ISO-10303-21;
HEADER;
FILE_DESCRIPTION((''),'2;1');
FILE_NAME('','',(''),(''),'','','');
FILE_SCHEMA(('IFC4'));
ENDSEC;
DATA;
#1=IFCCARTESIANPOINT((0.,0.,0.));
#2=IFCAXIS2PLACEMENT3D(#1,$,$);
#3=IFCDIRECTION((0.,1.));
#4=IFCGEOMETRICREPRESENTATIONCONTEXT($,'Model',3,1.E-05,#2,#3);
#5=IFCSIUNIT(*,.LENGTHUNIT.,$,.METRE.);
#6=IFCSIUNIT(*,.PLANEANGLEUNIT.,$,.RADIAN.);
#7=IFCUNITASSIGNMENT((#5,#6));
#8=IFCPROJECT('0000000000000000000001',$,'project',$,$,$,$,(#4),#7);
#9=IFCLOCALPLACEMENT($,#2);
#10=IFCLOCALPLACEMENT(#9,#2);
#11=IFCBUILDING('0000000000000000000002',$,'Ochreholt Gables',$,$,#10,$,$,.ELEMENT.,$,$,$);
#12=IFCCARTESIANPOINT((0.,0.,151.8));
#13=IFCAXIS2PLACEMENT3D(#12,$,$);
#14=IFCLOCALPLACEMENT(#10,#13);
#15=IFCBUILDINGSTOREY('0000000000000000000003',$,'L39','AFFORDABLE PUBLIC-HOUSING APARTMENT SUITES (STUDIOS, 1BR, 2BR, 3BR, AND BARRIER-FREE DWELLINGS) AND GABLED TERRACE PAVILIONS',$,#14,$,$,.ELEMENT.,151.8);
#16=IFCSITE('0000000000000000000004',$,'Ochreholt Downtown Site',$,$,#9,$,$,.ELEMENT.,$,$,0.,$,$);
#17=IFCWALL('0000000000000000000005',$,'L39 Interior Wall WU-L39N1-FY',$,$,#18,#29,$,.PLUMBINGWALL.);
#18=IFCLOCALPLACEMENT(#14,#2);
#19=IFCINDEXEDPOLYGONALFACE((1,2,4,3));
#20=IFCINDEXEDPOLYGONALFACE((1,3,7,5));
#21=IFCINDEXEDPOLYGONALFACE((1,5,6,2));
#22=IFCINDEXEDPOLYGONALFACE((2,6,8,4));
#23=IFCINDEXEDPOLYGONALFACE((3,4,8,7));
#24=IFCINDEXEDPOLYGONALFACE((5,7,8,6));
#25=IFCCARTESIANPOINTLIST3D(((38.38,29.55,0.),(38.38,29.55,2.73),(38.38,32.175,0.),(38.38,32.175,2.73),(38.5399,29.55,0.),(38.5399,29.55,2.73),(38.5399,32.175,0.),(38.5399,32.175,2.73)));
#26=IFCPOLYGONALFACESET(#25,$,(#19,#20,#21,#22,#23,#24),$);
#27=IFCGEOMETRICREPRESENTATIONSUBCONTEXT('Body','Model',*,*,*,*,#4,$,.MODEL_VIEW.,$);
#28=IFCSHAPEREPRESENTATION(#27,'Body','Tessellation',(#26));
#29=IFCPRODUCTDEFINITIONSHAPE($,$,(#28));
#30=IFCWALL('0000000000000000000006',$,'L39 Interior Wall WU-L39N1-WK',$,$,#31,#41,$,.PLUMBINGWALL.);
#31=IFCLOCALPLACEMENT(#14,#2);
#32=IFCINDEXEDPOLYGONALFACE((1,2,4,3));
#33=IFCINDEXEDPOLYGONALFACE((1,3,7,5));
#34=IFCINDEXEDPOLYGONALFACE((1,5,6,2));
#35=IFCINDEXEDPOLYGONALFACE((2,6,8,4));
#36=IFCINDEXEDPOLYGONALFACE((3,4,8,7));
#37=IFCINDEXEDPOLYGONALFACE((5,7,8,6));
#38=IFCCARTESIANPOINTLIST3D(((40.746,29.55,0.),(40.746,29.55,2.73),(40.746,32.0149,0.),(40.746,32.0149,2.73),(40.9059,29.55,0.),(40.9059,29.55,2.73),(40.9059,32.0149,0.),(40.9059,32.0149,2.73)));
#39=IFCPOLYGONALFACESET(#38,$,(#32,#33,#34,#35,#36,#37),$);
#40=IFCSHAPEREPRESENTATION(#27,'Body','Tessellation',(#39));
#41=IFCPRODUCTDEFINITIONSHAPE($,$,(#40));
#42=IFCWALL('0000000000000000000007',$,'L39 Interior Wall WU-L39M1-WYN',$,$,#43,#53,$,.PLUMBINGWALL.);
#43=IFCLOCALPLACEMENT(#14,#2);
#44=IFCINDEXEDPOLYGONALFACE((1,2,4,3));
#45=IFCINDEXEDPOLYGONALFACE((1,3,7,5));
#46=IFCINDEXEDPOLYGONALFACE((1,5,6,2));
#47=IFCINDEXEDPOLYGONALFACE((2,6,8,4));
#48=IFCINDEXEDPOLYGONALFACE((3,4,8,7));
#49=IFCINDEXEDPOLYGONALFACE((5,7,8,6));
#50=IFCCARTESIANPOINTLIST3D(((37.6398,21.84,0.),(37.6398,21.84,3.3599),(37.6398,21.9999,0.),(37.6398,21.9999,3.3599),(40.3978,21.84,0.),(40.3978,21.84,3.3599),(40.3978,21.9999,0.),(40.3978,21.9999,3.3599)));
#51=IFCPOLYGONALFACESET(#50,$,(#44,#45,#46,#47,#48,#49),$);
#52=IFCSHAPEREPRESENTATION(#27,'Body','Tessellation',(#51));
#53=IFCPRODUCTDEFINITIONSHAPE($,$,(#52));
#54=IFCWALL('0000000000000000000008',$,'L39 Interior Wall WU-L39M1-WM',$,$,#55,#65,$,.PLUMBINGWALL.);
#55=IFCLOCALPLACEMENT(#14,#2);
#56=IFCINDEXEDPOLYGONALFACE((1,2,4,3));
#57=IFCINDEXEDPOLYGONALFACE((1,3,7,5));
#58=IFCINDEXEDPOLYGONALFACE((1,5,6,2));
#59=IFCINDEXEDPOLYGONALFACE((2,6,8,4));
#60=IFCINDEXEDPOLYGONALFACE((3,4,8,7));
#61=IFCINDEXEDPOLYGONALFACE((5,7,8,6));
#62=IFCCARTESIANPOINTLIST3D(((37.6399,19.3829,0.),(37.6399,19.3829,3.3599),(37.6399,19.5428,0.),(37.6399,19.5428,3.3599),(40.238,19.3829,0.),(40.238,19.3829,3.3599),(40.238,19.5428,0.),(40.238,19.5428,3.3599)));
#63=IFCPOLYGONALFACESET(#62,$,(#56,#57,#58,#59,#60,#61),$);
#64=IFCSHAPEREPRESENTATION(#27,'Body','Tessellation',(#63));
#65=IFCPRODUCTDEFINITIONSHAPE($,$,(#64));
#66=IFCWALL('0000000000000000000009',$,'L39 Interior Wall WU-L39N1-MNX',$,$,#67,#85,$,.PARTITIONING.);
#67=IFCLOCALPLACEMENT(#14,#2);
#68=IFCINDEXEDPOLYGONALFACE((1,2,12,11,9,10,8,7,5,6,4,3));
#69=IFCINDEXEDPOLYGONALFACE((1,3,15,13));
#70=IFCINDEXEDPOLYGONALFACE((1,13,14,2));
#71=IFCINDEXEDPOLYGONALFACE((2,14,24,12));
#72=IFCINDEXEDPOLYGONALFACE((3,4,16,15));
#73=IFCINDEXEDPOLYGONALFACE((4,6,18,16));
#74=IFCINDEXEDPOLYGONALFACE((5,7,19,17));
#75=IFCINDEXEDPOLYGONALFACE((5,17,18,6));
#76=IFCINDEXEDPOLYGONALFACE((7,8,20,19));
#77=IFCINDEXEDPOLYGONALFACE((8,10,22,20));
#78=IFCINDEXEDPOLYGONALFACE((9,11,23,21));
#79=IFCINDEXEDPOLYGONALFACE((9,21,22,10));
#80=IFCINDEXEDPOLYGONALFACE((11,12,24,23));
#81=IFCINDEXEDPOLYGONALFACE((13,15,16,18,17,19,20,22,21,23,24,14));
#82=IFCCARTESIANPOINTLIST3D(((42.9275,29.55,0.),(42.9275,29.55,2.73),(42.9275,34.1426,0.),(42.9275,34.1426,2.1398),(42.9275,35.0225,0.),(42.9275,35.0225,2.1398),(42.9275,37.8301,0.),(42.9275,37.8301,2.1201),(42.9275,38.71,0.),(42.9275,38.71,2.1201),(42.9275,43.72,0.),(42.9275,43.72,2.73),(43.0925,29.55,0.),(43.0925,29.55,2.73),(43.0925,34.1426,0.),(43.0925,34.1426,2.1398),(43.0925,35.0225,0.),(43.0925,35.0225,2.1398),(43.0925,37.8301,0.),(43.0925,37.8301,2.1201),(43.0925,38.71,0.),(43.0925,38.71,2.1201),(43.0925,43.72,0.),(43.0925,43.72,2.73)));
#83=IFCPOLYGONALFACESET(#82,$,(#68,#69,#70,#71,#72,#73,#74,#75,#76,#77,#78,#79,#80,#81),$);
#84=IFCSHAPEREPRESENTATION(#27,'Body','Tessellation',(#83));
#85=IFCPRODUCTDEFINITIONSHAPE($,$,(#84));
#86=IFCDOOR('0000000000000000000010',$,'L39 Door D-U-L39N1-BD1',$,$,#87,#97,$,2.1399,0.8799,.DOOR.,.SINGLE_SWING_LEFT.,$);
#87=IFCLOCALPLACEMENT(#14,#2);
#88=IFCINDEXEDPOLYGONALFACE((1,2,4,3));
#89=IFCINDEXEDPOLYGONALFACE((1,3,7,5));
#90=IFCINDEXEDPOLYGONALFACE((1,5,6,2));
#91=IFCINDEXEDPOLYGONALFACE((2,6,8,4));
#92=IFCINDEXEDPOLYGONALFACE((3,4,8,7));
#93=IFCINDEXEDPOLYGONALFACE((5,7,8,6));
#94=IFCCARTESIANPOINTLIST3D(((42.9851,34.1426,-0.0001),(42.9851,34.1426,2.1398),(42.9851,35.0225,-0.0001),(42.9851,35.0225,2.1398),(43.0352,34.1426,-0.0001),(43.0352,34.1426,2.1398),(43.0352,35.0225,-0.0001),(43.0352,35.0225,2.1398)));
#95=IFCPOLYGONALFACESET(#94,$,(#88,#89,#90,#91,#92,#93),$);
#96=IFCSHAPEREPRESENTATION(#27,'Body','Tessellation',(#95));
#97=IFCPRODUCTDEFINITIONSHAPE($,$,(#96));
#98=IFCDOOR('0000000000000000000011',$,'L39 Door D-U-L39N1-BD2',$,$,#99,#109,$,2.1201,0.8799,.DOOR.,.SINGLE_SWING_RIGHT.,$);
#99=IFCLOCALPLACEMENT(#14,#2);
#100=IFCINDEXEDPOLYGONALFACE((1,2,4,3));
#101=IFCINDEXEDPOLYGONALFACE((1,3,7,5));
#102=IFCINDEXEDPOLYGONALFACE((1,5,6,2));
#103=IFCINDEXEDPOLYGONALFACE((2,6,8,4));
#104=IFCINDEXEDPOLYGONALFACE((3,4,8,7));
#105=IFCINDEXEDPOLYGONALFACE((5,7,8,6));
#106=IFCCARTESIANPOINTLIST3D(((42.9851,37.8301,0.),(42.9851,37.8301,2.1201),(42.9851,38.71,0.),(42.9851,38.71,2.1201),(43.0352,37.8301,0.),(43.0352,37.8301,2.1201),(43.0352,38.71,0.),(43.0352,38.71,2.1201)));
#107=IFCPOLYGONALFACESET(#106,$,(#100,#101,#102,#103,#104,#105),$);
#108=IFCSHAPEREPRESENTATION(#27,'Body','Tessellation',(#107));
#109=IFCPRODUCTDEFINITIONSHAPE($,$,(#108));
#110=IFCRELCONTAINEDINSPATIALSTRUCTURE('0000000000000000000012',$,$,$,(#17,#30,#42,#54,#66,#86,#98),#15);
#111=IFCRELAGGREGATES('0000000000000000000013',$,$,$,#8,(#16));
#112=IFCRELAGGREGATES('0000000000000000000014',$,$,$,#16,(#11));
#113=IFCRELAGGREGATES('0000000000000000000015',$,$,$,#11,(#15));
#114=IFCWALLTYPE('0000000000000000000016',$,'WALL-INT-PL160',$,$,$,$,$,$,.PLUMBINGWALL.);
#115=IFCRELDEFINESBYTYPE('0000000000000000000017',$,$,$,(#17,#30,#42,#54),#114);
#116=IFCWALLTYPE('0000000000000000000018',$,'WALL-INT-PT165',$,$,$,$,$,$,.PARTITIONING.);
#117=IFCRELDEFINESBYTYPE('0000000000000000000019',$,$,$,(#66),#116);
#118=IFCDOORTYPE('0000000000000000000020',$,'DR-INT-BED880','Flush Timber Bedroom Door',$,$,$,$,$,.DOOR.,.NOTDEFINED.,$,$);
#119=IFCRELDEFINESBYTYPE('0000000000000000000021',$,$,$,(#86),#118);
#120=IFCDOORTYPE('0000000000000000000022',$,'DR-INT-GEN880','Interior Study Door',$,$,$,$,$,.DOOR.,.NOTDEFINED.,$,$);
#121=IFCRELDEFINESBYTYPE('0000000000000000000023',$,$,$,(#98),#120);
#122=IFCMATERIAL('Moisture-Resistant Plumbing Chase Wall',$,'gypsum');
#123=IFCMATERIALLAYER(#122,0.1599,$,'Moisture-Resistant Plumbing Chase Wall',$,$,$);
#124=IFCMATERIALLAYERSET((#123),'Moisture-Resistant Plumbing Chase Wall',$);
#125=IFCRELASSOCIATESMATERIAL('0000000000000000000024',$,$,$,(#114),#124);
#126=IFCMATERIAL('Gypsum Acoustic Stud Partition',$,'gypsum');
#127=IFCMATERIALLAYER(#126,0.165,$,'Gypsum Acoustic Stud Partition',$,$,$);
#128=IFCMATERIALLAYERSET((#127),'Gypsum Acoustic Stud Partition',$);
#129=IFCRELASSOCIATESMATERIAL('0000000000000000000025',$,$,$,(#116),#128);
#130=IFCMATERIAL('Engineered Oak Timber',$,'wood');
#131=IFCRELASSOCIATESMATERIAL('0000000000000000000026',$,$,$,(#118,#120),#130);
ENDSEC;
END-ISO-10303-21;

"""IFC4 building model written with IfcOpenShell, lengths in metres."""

from ifc_helpers import new_model, si_unit, direction, frame, frame_2d, origin, place, context, subcontext, project, spatial, rectangle, extrude, material, layer, layer_set, type_object, element, fill, save


model = new_model("IFC4")

# Units and contexts
model_context = context("Model", 3, precision=1e-05, world=origin(), true_north=direction((0.0, 1.0)))
body_context = subcontext(model_context, "Body", "Model", "MODEL_VIEW")
ifc_project = project(units=[si_unit("LENGTHUNIT", "METRE"), si_unit("PLANEANGLEUNIT", "RADIAN")], contexts=[model_context])

# Site, building, storey
site_placement = place(None, origin())
site = spatial("IfcSite", under=ifc_project, at=site_placement, Name="Ochreholt Downtown Site", CompositionType="ELEMENT", RefElevation=0.0)
building_placement = place(site_placement, origin())
building = spatial("IfcBuilding", under=site, at=building_placement, Name="Ochreholt Gables", CompositionType="ELEMENT")
storey_placement = place(building_placement, frame((0.0, 0.0, 151.8)))
storey = spatial("IfcBuildingStorey", under=building, at=storey_placement, Name="L39", Description="AFFORDABLE PUBLIC-HOUSING APARTMENT SUITES (STUDIOS, 1BR, 2BR, 3BR, AND BARRIER-FREE DWELLINGS) AND GABLED TERRACE PAVILIONS", CompositionType="ELEMENT", Elevation=151.8)

# Shared definitions
ifc_material_1 = material(Name="Engineered Oak Timber", Category="wood")

# Walls
ifc_material_2 = material(Name="Moisture-Resistant Plumbing Chase Wall", Category="gypsum")
ifc_layer_1 = layer(ifc_material_2, 0.1599, Name="Moisture-Resistant Plumbing Chase Wall")
ifc_layer_set_1 = layer_set([ifc_layer_1], Name="Moisture-Resistant Plumbing Chase Wall")
wall_type_1 = type_object("IfcWallType", Name="WALL-INT-PL160", PredefinedType="PLUMBINGWALL", material=ifc_layer_set_1)
wall_1_placement = place(storey_placement, frame((38.46, 29.55, 0.0), z_axis=(0.0, 0.0, 1.0), x_axis=(0.0, 1.0, 0.0)))
element("IfcWall", 1, at=wall_1_placement, inside=storey, type_object=wall_type_1, Name="L39 Interior Wall WU-L39N1-FY", PredefinedType="PLUMBINGWALL", context=body_context, shape_type="SweptSolid", body=[
    extrude(rectangle(XDim=2.625, YDim=0.1599, at=frame_2d((1.3125, 0.0))), origin(), (0.0, 0.0, 1.0), 2.73),
])
wall_2_placement = place(storey_placement, frame((40.8259, 29.55, 0.0), z_axis=(0.0, 0.0, 1.0), x_axis=(0.0, 1.0, 0.0)))
element("IfcWall", 2, at=wall_2_placement, inside=storey, type_object=wall_type_1, Name="L39 Interior Wall WU-L39N1-WK", PredefinedType="PLUMBINGWALL", context=body_context, shape_type="SweptSolid", body=[
    extrude(rectangle(XDim=2.4648, YDim=0.1599, at=frame_2d((1.2324, 0.0))), origin(), (0.0, 0.0, 1.0), 2.73),
])
wall_3_placement = place(storey_placement, frame((37.6399, 21.9199, 0.0), z_axis=(0.0, 0.0, 1.0), x_axis=(1.0, 0.0, 0.0)))
element("IfcWall", 3, at=wall_3_placement, inside=storey, type_object=wall_type_1, Name="L39 Interior Wall WU-L39M1-WYN", PredefinedType="PLUMBINGWALL", context=body_context, shape_type="SweptSolid", body=[
    extrude(rectangle(XDim=2.7581, YDim=0.1599, at=frame_2d((1.3789, 0.0))), origin(), (0.0, 0.0, 1.0), 3.3599),
])
wall_4_placement = place(storey_placement, frame((37.6399, 19.4629, 0.0), z_axis=(0.0, 0.0, 1.0), x_axis=(1.0, 0.0, 0.0)))
element("IfcWall", 4, at=wall_4_placement, inside=storey, type_object=wall_type_1, Name="L39 Interior Wall WU-L39M1-WM", PredefinedType="PLUMBINGWALL", context=body_context, shape_type="SweptSolid", body=[
    extrude(rectangle(XDim=2.5981, YDim=0.1599, at=frame_2d((1.2991, 0.0))), origin(), (0.0, 0.0, 1.0), 3.3599),
])

# Wall, openings, doors
ifc_material_3 = material(Name="Gypsum Acoustic Stud Partition", Category="gypsum")
ifc_layer_2 = layer(ifc_material_3, 0.165, Name="Gypsum Acoustic Stud Partition")
ifc_layer_set_2 = layer_set([ifc_layer_2], Name="Gypsum Acoustic Stud Partition")
wall_type_2 = type_object("IfcWallType", Name="WALL-INT-PT165", PredefinedType="PARTITIONING", material=ifc_layer_set_2)
wall_5_placement = place(storey_placement, frame((43.01, 29.55, 0.0), z_axis=(0.0, 0.0, 1.0), x_axis=(0.0, 1.0, 0.0)))
wall_5 = element("IfcWall", 5, at=wall_5_placement, inside=storey, type_object=wall_type_2, Name="L39 Interior Wall WU-L39N1-MNX", PredefinedType="PARTITIONING", context=body_context, shape_type="SweptSolid", body=[
    extrude(rectangle(XDim=14.1699, YDim=0.165, at=frame_2d((7.085, 0.0))), origin(), (0.0, 0.0, 1.0), 2.73),
])
opening_1_placement = place(wall_5_placement, frame((4.5925, 0.0, 0.0)))
opening_1 = element("IfcOpeningElement", 6, at=opening_1_placement, cuts=wall_5, PredefinedType="OPENING", context=body_context, shape_type="SweptSolid", body=[
    extrude(rectangle(XDim=0.8799, YDim=2.1399, at=frame_2d((0.4399, 1.0698))), frame((0.0, 0.0925, 0.0), z_axis=(0.0, -1.0, 0.0), x_axis=(1.0, 0.0, 0.0)), (0.0, 0.0, 1.0), 0.1851),
])
opening_2_placement = place(wall_5_placement, frame((8.28, 0.0, 0.0)))
opening_2 = element("IfcOpeningElement", 7, at=opening_2_placement, cuts=wall_5, PredefinedType="OPENING", context=body_context, shape_type="SweptSolid", body=[
    extrude(rectangle(XDim=0.8799, YDim=2.1201, at=frame_2d((0.4399, 1.0601))), frame((0.0, 0.0925, 0.0), z_axis=(0.0, -1.0, 0.0), x_axis=(1.0, 0.0, 0.0)), (0.0, 0.0, 1.0), 0.1851),
])
door_type_1 = type_object("IfcDoorType", Name="DR-INT-BED880", Description="Flush Timber Bedroom Door", OperationType="NOTDEFINED", PredefinedType="DOOR", material=ifc_material_1)
door_1_placement = place(opening_1_placement, origin())
door_1 = element("IfcDoor", 8, at=door_1_placement, inside=storey, type_object=door_type_1, Name="L39 Door D-U-L39N1-BD1", OperationType="SINGLE_SWING_LEFT", OverallHeight=2.1399, OverallWidth=0.8799, PredefinedType="DOOR", context=body_context, shape_type="SweptSolid", body=[
    extrude(rectangle(XDim=0.8799, YDim=2.1399, at=frame_2d((0.4399, 1.0698))), frame((0.0, 0.0249, 0.0), z_axis=(0.0, -1.0, 0.0), x_axis=(1.0, 0.0, 0.0)), (0.0, 0.0, 1.0), 0.05),
])
fill(opening_1, door_1)
door_type_2 = type_object("IfcDoorType", Name="DR-INT-GEN880", Description="Interior Study Door", OperationType="NOTDEFINED", PredefinedType="DOOR", material=ifc_material_1)
door_2_placement = place(opening_2_placement, origin())
door_2 = element("IfcDoor", 9, at=door_2_placement, inside=storey, type_object=door_type_2, Name="L39 Door D-U-L39N1-BD2", OperationType="SINGLE_SWING_RIGHT", OverallHeight=2.1201, OverallWidth=0.8799, PredefinedType="DOOR", context=body_context, shape_type="SweptSolid", body=[
    extrude(rectangle(XDim=0.8799, YDim=2.1201, at=frame_2d((0.4399, 1.0601))), frame((0.0, 0.0249, 0.0), z_axis=(0.0, -1.0, 0.0), x_axis=(1.0, 0.0, 0.0)), (0.0, 0.0, 1.0), 0.05),
])
fill(opening_2, door_2)

save(model, "model.ifc")
